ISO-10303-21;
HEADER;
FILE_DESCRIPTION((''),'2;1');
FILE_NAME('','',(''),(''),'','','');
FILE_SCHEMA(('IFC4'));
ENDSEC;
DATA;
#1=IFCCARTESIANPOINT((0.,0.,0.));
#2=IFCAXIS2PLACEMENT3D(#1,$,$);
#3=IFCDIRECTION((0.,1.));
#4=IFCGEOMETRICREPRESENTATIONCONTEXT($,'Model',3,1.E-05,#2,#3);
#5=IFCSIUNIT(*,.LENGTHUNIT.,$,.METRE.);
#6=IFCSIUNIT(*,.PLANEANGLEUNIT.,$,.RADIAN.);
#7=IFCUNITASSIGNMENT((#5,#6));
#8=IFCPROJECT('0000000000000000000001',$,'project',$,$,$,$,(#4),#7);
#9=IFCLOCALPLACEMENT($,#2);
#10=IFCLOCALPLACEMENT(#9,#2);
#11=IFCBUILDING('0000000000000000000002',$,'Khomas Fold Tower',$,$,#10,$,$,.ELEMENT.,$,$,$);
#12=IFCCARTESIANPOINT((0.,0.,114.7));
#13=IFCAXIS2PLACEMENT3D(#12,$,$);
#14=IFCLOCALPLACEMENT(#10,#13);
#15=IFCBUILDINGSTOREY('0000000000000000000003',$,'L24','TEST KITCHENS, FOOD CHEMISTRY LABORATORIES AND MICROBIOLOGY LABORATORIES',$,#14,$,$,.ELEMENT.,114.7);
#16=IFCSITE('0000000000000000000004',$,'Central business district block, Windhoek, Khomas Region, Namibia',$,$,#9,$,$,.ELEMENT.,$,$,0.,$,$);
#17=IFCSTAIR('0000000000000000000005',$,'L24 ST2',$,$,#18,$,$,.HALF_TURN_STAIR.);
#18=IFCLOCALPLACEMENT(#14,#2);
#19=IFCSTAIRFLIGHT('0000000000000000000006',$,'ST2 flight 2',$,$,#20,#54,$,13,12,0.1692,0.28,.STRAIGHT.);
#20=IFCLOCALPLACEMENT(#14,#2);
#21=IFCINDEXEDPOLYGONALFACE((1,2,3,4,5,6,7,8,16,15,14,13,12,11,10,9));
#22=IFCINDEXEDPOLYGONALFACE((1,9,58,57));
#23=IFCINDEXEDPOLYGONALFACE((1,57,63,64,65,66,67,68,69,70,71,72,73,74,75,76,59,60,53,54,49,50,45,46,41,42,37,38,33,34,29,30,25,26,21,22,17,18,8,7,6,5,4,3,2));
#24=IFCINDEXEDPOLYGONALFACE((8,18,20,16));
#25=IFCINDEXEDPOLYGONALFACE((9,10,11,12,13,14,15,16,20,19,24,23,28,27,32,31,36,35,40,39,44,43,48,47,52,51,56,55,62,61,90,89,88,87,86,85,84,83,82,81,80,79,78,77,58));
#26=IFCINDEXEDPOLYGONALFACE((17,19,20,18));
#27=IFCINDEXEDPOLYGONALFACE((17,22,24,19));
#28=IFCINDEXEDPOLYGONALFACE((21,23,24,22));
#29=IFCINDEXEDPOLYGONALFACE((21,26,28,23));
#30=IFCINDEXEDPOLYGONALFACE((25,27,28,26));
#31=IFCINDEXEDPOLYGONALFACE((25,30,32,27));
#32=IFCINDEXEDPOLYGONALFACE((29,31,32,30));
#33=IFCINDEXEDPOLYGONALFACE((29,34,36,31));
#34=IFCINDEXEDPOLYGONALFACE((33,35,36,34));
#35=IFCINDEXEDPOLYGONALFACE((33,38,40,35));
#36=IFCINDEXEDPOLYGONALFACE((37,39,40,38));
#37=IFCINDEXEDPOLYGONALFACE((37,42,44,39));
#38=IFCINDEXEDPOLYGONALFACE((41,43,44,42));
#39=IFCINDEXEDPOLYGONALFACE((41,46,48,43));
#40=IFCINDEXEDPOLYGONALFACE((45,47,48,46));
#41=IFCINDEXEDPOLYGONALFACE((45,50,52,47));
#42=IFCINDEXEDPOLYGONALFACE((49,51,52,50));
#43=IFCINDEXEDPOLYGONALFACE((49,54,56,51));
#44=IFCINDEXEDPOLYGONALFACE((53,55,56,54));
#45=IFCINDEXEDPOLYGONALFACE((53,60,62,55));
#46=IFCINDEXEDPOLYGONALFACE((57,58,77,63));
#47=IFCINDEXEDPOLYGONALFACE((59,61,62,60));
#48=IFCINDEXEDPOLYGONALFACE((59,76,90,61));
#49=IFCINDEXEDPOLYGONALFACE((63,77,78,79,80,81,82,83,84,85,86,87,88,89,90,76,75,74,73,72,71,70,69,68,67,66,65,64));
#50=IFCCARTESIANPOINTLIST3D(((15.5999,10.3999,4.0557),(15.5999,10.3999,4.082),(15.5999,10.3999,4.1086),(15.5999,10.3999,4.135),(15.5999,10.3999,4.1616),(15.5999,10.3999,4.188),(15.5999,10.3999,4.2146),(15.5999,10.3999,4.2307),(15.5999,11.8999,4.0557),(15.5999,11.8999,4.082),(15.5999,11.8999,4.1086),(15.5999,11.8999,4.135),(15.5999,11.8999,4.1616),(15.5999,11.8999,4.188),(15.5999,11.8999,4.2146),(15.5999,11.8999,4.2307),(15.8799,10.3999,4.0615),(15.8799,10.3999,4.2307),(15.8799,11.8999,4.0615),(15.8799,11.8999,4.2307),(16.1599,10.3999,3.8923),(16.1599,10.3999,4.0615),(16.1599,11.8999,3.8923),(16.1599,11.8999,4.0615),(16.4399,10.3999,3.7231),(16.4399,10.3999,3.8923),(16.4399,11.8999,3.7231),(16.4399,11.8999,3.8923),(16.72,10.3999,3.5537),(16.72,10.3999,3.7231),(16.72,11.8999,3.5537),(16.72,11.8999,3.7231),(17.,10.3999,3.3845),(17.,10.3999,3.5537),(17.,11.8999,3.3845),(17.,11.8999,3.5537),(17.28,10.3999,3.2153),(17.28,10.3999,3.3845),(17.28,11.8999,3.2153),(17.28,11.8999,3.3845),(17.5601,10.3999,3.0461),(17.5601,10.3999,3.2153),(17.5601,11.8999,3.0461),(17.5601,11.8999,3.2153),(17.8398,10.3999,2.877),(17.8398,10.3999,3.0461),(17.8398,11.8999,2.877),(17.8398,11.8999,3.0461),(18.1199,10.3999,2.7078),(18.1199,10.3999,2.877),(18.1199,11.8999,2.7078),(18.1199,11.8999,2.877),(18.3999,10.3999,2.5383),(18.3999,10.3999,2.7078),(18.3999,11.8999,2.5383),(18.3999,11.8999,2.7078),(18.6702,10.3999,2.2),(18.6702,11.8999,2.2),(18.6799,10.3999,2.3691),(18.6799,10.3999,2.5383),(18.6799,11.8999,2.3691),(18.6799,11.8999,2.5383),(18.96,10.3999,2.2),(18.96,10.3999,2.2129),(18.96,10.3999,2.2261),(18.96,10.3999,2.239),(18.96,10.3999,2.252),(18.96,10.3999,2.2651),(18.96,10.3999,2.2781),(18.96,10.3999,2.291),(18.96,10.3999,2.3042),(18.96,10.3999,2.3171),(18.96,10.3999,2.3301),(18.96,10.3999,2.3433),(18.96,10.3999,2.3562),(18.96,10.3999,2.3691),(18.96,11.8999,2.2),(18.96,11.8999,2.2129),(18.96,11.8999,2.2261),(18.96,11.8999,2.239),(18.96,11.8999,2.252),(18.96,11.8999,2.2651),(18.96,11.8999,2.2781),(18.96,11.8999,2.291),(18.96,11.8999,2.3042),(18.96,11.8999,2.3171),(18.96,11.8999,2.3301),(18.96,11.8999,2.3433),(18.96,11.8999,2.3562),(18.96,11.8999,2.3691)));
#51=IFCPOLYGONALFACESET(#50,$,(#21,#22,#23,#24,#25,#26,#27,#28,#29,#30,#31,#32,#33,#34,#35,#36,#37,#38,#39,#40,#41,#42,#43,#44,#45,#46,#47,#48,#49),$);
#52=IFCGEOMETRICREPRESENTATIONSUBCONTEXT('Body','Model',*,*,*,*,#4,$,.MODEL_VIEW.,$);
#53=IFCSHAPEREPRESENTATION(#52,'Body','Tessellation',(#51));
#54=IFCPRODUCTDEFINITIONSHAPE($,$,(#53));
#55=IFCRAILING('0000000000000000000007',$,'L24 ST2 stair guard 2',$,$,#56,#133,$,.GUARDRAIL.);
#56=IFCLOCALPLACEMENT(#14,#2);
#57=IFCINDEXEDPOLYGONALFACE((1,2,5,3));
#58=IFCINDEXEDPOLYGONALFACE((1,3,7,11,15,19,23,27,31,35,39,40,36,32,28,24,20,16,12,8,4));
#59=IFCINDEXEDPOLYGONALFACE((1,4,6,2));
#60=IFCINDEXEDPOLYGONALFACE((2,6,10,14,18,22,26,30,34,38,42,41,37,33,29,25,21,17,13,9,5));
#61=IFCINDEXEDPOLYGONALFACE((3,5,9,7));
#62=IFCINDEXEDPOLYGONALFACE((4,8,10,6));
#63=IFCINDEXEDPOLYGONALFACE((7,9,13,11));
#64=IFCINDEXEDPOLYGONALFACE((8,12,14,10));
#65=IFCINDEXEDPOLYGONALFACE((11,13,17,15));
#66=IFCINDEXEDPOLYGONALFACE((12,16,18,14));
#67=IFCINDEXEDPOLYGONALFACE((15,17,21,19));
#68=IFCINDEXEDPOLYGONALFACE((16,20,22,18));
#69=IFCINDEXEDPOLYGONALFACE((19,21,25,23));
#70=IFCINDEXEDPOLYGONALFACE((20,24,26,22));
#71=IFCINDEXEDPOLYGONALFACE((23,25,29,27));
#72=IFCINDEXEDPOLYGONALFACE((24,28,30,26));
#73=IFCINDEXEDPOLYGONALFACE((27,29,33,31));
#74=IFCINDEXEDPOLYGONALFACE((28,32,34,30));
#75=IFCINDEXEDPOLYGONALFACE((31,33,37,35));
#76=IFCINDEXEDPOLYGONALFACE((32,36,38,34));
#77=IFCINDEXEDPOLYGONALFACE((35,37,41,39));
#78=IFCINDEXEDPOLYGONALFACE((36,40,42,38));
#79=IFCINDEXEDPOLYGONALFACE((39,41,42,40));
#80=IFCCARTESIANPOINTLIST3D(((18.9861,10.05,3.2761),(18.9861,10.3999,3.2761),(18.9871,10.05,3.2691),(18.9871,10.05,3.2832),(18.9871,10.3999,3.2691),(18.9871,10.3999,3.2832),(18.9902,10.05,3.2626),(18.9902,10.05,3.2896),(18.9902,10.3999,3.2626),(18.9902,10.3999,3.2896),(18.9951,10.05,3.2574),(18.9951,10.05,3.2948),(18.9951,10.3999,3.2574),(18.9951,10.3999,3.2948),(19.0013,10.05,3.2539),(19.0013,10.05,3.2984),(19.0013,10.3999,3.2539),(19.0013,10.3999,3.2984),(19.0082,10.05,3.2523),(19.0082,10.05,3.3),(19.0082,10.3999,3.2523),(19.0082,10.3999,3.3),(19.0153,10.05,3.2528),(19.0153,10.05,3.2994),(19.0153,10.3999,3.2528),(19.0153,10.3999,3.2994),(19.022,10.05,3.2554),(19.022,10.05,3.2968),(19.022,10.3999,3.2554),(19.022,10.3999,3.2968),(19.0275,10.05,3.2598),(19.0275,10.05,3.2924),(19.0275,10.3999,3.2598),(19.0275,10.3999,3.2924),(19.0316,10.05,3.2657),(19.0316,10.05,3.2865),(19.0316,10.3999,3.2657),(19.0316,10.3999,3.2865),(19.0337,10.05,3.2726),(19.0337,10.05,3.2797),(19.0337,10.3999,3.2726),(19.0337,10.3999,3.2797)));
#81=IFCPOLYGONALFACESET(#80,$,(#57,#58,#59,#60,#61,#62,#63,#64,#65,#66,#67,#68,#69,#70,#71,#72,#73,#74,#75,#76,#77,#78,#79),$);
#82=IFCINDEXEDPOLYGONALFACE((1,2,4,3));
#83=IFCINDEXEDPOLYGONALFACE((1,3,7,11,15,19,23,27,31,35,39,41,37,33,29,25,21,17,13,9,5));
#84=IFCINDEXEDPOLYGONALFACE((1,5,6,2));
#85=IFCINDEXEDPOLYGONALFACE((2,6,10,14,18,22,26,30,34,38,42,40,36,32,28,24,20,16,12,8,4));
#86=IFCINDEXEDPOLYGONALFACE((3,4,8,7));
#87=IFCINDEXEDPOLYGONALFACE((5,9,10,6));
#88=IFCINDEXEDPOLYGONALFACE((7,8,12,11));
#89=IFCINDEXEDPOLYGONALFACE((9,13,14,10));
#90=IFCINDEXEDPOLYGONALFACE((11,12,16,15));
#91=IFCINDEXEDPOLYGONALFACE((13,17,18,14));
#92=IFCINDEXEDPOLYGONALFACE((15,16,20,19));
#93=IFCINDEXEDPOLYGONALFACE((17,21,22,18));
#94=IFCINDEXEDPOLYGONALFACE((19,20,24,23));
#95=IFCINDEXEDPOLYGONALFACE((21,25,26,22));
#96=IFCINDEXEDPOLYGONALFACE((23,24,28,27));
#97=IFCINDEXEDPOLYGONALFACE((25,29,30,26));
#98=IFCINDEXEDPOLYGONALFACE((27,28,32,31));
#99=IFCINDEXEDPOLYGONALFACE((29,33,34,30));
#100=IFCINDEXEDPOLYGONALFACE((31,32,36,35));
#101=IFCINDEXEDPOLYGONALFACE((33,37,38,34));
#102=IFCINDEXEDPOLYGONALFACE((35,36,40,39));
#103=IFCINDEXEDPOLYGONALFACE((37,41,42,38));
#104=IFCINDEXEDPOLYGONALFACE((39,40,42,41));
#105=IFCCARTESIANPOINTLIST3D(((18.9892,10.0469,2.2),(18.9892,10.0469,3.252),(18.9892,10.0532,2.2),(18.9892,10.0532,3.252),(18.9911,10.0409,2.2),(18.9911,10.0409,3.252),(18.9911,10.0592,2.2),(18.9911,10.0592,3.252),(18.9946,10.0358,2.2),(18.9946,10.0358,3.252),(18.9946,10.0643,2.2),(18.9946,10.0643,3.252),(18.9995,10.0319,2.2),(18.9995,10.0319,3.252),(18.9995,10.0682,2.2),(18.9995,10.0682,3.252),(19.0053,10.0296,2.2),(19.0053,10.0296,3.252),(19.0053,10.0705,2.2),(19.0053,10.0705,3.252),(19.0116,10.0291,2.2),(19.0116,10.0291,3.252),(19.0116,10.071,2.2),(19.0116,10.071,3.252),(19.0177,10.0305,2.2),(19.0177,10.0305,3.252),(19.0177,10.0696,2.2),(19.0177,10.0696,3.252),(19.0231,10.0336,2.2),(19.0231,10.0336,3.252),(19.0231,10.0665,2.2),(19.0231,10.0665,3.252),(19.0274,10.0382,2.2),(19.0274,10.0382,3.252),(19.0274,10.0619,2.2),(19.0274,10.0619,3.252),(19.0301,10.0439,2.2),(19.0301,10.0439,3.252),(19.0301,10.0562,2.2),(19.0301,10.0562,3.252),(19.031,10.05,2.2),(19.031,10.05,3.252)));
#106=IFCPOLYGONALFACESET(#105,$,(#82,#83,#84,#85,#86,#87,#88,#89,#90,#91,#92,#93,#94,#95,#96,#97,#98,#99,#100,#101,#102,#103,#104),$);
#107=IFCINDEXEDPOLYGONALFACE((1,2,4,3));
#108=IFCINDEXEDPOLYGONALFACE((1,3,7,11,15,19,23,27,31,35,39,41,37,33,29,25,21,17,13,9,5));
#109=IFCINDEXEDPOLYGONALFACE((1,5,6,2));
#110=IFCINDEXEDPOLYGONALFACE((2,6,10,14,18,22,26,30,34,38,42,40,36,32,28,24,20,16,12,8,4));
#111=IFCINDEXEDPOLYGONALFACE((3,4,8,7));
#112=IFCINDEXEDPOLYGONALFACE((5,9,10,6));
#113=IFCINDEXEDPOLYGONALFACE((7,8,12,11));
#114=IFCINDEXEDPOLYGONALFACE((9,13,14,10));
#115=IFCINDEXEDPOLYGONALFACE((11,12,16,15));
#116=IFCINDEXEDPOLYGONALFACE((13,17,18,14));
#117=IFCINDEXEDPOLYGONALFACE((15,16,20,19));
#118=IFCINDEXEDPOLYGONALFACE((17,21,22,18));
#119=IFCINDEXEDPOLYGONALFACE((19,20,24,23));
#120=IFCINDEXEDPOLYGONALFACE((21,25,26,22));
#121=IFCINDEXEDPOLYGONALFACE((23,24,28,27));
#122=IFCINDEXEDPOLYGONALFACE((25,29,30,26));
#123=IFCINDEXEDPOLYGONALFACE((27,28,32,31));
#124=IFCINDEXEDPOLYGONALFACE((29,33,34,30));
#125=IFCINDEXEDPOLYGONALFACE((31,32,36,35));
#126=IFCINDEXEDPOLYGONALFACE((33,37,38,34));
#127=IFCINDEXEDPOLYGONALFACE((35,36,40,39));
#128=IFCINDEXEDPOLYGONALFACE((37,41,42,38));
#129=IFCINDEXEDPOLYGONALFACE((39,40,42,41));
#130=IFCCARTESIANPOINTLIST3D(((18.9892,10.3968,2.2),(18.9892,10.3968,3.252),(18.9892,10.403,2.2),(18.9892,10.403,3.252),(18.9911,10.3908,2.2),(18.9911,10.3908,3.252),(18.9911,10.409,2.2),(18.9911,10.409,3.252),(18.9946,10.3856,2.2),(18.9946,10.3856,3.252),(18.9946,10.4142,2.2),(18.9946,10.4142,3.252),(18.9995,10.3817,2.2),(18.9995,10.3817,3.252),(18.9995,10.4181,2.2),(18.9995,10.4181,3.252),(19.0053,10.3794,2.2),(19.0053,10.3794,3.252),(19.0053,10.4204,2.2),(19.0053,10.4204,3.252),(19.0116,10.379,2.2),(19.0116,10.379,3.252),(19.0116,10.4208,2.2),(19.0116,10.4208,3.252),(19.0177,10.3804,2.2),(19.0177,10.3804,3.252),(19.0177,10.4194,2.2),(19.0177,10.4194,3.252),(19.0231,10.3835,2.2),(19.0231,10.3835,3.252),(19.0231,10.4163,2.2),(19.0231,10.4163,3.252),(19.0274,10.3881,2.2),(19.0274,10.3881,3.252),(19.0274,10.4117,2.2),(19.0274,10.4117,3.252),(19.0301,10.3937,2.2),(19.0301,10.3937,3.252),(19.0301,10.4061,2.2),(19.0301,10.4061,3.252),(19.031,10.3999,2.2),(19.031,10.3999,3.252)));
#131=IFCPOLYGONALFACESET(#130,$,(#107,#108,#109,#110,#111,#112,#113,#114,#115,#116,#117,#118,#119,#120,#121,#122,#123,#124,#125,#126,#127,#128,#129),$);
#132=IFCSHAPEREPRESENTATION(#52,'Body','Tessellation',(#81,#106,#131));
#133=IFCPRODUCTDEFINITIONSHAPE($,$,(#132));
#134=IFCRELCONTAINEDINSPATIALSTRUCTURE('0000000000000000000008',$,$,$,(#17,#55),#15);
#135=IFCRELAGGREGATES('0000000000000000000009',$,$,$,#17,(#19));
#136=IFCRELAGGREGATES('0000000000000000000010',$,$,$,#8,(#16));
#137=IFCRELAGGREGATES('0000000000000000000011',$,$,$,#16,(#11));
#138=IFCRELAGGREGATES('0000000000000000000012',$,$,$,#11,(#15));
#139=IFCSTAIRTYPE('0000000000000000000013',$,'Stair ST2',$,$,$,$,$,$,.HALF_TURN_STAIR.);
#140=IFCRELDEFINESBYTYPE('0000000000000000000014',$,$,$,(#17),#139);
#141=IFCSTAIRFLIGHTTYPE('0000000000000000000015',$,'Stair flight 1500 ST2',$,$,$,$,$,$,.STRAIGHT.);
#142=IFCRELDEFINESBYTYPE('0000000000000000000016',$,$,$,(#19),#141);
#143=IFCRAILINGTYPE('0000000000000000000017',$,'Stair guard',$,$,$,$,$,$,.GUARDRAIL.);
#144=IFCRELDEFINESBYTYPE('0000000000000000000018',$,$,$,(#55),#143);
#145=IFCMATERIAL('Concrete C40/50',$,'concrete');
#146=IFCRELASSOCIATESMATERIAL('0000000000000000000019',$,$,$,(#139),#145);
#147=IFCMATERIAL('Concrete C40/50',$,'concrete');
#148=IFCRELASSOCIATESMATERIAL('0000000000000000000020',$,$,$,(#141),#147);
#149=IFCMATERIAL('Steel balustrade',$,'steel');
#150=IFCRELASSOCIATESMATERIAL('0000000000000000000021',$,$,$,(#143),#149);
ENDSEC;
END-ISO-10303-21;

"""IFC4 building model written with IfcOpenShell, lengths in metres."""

from ifc_helpers import new_model, si_unit, direction, frame, origin, origin_2d, place, context, subcontext, project, spatial, polyline, circle, outline, extrude, source, transform, mapped, material, type_object, element, aggregate, save


model = new_model("IFC4")

# Units and contexts
model_context = context("Model", 3, precision=1e-05, world=origin(), true_north=direction((0.0, 1.0)))
body_context = subcontext(model_context, "Body", "Model", "MODEL_VIEW")
ifc_project = project(units=[si_unit("LENGTHUNIT", "METRE"), si_unit("PLANEANGLEUNIT", "RADIAN")], contexts=[model_context])

# Site, building, storey
site_placement = place(None, origin())
site = spatial("IfcSite", under=ifc_project, at=site_placement, Name="Central business district block, Windhoek, Khomas Region, Namibia", CompositionType="ELEMENT", RefElevation=0.0)
building_placement = place(site_placement, origin())
building = spatial("IfcBuilding", under=site, at=building_placement, Name="Khomas Fold Tower", CompositionType="ELEMENT")
storey_placement = place(building_placement, frame((0.0, 0.0, 114.7)))
storey = spatial("IfcBuildingStorey", under=building, at=storey_placement, Name="L24", Description="TEST KITCHENS, FOOD CHEMISTRY LABORATORIES AND MICROBIOLOGY LABORATORIES", CompositionType="ELEMENT", Elevation=114.7)

# Stair, stair flight
ifc_material_1 = material(Name="Concrete C40/50", Category="concrete")
stair_type = type_object("IfcStairType", Name="Stair ST2", PredefinedType="HALF_TURN_STAIR", material=ifc_material_1)
stair_placement = place(storey_placement, origin())
stair = element("IfcStair", 1, at=stair_placement, inside=storey, type_object=stair_type, Name="L24 ST2", PredefinedType="HALF_TURN_STAIR")
ifc_material_2 = material(Name="Concrete C40/50", Category="concrete")
stair_flight_type = type_object("IfcStairFlightType", Name="Stair flight 1500 ST2", PredefinedType="STRAIGHT", material=ifc_material_2)
shared_shape_1 = source(origin(), body_context, "Body", "SweptSolid", [
    extrude(outline(polyline([(0.0, 0.0), (0.0, 0.0129), (0.0, 0.0261), (0.0, 0.0391), (0.0, 0.052), (0.0, 0.0652), (0.0, 0.0781), (0.0, 0.0911), (0.0, 0.1042), (0.0, 0.1172), (0.0, 0.1301), (0.0, 0.1433), (0.0, 0.1562), (0.0, 0.1692), (0.28, 0.1692), (0.28, 0.3384), (0.5601, 0.3384), (0.5601, 0.5078), (0.8401, 0.5078), (0.8401, 0.677), (1.1201, 0.677), (1.1201, 0.8462), (1.3999, 0.8462), (1.3999, 1.0154), (1.6799, 1.0154), (1.6799, 1.1846), (1.96, 1.1846), (1.96, 1.3538), (2.24, 1.3538), (2.24, 1.5232), (2.52, 1.5232), (2.52, 1.6924), (2.8, 1.6924), (2.8, 1.8616), (3.0801, 1.8616), (3.0801, 2.0308), (3.3601, 2.0308), (3.3601, 2.2), (3.3601, 2.1736), (3.3601, 2.147), (3.3601, 2.1206), (3.3601, 2.094), (3.3601, 2.0676), (3.3601, 2.041), (3.3601, 2.0146), (3.3601, 1.988), (3.3601, 1.9617), (3.3601, 1.9351), (3.3601, 1.9087), (3.3601, 1.8821), (3.3601, 1.8557), (0.2898, 0.0), (0.0, 0.0)])), frame((0.0, 0.75, 0.0), z_axis=(0.0, -1.0, 0.0), x_axis=(1.0, 0.0, 0.0)), (0.0, 0.0, 1.0), 1.5),
])
stair_flight_1_placement = place(storey_placement, frame((18.96, 11.1499, 2.2), z_axis=(0.0, 0.0, 1.0), x_axis=(-1.0, 0.0, 0.0)))
stair_flight_1 = element("IfcStairFlight", 2, at=stair_flight_1_placement, type_object=stair_flight_type, Name="ST2 flight 2", NumberOfRisers=13, NumberOfTreads=12, PredefinedType="STRAIGHT", RiserHeight=0.1692, TreadLength=0.28, context=body_context, shape_type="MappedRepresentation", body=[
    mapped(shared_shape_1, transform((0.0, 0.0, 0.0))),
])
aggregate(stair, [stair_flight_1])

# Railing
ifc_material_3 = material(Name="Steel balustrade", Category="steel")
railing_type_1 = type_object("IfcRailingType", Name="Stair guard", PredefinedType="GUARDRAIL", material=ifc_material_3)
shared_shape_2 = source(origin(), body_context, "Body", "SweptSolid", [
    extrude(circle(Radius=0.0239, at=origin_2d()), frame((0.0, 0.0, 1.0762), z_axis=(0.0, 1.0, 0.0), x_axis=(-1.0, 0.0, 0.0)), (0.0, 0.0, 1.0), 0.3499),
    extrude(circle(Radius=0.021, at=origin_2d()), origin(), (0.0, 0.0, 1.0), 1.052),
    extrude(circle(Radius=0.021, at=origin_2d()), frame((0.0, 0.3499, 0.0)), (0.0, 0.0, 1.0), 1.052),
])
for number, where, name in (
    (3, (19.01, 10.05, 2.2), "L24 ST2 stair guard 2"),
):
    element("IfcRailing", number, at=place(storey_placement, frame(where)), inside=storey, type_object=railing_type_1, Name=name, PredefinedType="GUARDRAIL", context=body_context, shape_type="MappedRepresentation", body=[
        mapped(shared_shape_2, transform((0.0, 0.0, 0.0))),
    ])

save(model, "model.ifc")
